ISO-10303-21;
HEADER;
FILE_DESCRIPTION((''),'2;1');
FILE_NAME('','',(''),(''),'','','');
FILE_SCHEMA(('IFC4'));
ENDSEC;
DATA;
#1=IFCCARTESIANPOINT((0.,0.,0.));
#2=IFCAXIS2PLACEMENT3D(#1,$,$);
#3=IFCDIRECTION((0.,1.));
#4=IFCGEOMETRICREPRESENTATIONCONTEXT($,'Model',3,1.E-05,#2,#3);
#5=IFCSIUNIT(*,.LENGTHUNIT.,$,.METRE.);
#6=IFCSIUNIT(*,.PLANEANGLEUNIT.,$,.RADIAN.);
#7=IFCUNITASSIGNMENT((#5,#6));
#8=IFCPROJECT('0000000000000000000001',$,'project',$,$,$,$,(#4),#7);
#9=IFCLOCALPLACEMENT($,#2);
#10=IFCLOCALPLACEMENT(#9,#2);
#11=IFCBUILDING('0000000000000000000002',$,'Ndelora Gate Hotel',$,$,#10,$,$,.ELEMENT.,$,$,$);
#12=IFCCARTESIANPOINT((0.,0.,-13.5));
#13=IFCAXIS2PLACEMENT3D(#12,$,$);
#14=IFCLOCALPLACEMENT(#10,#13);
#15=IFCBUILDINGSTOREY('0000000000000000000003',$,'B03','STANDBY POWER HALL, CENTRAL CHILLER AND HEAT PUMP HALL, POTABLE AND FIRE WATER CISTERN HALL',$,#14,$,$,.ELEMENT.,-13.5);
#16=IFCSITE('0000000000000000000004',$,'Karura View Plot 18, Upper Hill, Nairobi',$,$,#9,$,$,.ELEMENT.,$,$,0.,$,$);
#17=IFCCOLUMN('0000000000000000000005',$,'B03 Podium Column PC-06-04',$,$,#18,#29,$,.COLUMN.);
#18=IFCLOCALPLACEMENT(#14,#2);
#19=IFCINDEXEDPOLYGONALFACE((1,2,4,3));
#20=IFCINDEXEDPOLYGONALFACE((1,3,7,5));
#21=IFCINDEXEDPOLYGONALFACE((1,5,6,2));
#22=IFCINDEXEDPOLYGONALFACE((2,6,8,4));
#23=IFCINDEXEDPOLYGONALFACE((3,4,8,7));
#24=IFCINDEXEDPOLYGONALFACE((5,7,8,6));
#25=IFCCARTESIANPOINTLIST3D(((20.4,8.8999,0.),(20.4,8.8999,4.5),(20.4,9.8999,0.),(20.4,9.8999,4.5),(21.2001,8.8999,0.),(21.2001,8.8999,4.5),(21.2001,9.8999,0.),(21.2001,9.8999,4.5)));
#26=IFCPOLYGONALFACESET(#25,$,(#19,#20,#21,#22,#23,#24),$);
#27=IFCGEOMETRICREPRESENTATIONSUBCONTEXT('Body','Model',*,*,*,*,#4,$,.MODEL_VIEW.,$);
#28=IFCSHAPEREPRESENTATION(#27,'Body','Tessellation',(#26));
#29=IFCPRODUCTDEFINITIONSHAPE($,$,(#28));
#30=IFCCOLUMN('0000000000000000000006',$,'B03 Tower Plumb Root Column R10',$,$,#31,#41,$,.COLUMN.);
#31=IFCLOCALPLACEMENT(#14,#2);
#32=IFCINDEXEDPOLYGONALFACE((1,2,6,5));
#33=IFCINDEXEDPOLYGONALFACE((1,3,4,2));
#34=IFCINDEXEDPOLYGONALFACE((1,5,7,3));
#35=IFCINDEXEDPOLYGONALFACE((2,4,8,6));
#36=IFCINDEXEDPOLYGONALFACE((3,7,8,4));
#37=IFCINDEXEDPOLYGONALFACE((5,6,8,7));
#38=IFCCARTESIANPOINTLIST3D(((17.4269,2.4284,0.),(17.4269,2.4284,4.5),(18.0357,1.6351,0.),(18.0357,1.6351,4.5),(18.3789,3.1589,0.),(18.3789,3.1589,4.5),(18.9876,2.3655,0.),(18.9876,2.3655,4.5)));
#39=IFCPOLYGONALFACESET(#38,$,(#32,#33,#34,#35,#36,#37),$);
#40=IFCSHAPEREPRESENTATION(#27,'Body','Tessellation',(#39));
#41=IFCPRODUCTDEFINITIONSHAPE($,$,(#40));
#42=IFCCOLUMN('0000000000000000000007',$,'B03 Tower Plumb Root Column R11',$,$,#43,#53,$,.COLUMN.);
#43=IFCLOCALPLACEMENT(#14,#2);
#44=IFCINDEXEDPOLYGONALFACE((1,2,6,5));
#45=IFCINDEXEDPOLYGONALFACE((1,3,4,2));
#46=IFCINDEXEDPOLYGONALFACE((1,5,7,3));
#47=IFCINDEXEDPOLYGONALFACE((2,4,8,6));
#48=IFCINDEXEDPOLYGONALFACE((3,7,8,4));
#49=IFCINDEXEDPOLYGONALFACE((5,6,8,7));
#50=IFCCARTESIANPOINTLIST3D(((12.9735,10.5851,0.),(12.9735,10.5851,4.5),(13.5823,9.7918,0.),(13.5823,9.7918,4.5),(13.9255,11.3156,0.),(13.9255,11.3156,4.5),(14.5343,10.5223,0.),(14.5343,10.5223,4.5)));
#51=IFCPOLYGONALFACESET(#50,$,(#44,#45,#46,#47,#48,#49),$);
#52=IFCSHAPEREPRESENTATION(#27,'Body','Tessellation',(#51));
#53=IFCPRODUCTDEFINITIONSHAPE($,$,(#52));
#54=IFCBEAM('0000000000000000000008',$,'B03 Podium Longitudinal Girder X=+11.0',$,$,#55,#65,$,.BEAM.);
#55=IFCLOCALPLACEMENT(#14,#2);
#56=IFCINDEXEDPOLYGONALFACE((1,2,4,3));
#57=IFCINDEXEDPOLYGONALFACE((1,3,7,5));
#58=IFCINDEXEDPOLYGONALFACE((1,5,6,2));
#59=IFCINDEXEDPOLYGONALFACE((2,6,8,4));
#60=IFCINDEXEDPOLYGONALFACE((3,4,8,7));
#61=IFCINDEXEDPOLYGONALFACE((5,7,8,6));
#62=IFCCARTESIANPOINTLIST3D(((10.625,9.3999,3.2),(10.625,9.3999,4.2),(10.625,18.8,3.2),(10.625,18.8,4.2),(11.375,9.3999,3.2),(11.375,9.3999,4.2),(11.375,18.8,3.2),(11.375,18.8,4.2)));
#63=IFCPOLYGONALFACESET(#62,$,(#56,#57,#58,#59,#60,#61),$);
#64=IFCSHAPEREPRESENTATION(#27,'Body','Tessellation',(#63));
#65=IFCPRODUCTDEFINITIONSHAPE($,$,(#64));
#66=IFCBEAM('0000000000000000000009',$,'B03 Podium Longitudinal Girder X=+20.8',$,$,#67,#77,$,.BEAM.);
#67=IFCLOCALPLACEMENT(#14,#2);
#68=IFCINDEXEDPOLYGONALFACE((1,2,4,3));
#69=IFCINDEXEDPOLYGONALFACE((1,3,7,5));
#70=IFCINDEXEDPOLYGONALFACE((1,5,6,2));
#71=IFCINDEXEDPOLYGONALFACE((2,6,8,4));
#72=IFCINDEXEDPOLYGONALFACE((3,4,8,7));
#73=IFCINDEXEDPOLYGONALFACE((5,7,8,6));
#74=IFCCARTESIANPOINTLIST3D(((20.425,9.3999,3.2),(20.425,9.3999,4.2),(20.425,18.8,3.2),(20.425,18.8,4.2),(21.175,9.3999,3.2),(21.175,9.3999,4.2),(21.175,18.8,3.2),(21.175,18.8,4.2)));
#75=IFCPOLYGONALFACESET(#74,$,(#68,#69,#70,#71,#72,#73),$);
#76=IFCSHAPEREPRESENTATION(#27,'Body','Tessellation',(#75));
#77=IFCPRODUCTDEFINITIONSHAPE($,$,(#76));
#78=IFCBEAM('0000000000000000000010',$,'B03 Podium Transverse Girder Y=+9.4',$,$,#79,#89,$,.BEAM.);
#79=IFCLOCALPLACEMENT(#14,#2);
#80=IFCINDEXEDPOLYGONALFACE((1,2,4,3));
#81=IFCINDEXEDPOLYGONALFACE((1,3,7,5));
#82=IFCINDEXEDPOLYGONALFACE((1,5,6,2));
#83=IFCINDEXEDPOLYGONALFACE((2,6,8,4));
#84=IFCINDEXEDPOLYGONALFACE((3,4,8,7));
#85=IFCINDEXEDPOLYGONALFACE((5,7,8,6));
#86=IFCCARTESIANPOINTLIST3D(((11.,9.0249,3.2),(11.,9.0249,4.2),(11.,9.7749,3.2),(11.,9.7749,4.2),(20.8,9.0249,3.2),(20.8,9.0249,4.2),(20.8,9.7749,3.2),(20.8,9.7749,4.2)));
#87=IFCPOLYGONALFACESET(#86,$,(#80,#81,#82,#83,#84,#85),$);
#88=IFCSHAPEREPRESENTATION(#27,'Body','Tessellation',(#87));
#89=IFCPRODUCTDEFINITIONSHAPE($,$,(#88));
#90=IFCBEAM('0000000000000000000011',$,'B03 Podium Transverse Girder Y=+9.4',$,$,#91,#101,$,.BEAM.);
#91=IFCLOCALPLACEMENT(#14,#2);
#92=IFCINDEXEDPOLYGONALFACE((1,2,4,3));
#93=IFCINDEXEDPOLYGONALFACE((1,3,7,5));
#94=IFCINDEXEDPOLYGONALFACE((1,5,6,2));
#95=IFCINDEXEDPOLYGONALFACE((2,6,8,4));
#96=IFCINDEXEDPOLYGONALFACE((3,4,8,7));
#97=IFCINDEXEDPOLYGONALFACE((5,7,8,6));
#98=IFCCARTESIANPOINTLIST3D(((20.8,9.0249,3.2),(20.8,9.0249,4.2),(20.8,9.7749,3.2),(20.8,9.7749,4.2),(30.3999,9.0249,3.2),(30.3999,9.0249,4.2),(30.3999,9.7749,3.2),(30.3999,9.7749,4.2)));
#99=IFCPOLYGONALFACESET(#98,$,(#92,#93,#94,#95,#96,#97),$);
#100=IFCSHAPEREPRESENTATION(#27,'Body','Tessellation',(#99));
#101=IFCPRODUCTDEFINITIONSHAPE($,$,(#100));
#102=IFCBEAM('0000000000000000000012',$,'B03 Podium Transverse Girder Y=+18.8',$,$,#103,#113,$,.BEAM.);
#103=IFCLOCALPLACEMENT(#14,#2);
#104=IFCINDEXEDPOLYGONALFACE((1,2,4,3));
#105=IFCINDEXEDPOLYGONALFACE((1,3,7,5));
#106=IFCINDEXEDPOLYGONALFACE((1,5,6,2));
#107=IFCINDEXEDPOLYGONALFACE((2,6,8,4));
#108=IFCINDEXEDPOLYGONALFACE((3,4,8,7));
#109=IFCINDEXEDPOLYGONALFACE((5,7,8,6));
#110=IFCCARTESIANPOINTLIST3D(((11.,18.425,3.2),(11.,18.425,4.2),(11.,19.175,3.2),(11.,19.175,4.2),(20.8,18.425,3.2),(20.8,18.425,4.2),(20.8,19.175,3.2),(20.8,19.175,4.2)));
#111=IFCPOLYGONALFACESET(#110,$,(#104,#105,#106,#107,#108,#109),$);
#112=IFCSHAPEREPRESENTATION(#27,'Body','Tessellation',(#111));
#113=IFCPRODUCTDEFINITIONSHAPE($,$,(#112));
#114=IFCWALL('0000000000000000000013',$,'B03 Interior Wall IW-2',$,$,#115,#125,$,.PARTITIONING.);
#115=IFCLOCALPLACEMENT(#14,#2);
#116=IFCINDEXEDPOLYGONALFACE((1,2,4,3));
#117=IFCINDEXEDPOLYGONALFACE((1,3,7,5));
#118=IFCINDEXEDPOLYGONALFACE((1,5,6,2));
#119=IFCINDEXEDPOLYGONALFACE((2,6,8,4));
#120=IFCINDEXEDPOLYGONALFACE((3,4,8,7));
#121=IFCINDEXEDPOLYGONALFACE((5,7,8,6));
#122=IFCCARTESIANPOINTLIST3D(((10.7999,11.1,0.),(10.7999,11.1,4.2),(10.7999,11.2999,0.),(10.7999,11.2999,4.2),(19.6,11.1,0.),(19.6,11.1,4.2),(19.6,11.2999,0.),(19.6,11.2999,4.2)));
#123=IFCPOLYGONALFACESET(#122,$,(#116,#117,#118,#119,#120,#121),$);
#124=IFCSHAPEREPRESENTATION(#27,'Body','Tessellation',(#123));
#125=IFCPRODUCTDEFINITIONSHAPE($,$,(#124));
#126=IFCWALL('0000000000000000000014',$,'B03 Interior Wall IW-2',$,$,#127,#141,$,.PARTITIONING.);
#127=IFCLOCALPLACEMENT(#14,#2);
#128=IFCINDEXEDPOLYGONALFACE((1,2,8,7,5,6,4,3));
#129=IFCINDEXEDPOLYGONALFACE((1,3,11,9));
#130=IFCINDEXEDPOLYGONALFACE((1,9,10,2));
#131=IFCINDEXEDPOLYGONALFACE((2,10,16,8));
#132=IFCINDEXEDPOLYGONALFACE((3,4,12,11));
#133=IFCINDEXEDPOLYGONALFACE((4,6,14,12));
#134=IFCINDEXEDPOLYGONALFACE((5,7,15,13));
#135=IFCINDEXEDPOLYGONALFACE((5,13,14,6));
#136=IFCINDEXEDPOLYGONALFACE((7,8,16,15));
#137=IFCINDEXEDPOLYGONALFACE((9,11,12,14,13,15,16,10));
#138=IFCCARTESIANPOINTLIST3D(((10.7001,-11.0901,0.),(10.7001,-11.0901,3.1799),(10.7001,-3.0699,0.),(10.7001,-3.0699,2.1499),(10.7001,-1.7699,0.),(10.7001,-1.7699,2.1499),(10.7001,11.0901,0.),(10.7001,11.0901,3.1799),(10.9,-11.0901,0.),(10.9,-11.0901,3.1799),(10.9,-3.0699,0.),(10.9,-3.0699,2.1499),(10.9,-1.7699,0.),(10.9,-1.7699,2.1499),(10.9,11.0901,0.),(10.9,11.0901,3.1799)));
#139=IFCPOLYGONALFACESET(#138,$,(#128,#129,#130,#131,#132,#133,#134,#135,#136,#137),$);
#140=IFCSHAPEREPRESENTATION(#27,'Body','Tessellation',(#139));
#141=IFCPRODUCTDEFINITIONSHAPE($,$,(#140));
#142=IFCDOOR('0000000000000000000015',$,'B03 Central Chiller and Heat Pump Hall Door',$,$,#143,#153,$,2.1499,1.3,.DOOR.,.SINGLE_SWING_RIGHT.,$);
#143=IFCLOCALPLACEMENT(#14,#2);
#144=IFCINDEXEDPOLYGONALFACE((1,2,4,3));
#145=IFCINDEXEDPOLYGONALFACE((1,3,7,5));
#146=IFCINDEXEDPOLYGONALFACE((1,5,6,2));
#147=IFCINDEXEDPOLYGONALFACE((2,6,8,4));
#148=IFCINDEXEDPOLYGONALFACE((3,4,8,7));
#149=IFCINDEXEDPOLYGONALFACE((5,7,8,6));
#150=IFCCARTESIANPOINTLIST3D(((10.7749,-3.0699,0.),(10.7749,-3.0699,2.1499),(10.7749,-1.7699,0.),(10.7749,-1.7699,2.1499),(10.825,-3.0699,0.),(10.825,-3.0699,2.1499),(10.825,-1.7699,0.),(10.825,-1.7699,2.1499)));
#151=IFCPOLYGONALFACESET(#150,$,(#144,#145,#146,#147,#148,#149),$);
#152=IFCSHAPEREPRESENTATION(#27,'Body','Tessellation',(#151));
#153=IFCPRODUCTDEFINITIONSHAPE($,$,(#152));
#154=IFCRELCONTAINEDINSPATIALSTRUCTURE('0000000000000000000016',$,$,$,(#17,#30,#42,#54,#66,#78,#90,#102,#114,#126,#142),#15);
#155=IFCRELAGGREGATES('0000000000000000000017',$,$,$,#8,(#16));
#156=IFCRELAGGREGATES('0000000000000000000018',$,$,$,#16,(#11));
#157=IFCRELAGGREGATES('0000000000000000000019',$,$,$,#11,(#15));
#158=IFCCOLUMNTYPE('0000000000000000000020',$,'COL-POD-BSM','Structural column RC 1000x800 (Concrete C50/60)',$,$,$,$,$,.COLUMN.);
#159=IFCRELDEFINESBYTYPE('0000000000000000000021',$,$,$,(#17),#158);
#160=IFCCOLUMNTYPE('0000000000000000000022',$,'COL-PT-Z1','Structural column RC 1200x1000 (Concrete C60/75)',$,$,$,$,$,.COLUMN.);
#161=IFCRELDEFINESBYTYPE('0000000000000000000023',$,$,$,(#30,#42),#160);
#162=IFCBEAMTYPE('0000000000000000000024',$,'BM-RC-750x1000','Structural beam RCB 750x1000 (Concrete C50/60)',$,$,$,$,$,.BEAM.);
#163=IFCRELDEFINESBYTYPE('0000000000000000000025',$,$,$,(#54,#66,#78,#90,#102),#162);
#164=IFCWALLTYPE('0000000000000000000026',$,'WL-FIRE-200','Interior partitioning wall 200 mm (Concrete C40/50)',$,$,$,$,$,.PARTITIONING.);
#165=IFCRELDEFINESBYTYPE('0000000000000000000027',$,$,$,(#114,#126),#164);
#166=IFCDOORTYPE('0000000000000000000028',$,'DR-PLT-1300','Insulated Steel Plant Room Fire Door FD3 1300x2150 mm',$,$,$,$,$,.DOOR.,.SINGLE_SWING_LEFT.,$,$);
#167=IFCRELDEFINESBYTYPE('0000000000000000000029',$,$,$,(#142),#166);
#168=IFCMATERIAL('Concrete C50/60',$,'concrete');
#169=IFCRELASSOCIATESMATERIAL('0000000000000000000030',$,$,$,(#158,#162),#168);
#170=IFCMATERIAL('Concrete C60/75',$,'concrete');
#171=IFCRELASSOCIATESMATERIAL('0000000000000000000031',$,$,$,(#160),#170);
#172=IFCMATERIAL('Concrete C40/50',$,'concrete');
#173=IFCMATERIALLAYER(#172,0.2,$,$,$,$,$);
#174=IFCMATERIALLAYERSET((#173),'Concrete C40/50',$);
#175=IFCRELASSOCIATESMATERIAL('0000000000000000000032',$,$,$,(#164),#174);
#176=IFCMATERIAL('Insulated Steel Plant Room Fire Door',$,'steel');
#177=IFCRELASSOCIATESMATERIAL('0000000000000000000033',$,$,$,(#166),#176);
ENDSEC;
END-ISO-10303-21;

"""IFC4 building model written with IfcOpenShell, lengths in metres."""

from ifc_helpers import new_model, si_unit, direction, frame, frame_2d, origin, origin_2d, place, context, subcontext, project, spatial, rectangle, extrude, material, layer, layer_set, material_profile, profile_set, type_object, element, fill, save


model = new_model("IFC4")

# Units and contexts
model_context = context("Model", 3, precision=1e-05, world=origin(), true_north=direction((0.0, 1.0)))
body_context = subcontext(model_context, "Body", "Model", "MODEL_VIEW")
ifc_project = project(units=[si_unit("LENGTHUNIT", "METRE"), si_unit("PLANEANGLEUNIT", "RADIAN")], contexts=[model_context])

# Site, building, storey
site_placement = place(None, origin())
site = spatial("IfcSite", under=ifc_project, at=site_placement, Name="Karura View Plot 18, Upper Hill, Nairobi", CompositionType="ELEMENT", RefElevation=0.0)
building_placement = place(site_placement, origin())
building = spatial("IfcBuilding", under=site, at=building_placement, Name="Ndelora Gate Hotel", CompositionType="ELEMENT")
storey_placement = place(building_placement, frame((0.0, 0.0, -13.5)))
storey = spatial("IfcBuildingStorey", under=building, at=storey_placement, Name="B03", Description="STANDBY POWER HALL, CENTRAL CHILLER AND HEAT PUMP HALL, POTABLE AND FIRE WATER CISTERN HALL", CompositionType="ELEMENT", Elevation=-13.5)

# Shared definitions
ifc_material_1 = material(Name="Concrete C40/50", Category="concrete")

# Columns
ifc_material_2 = material(Name="Concrete C60/75", Category="concrete")
ifc_material_3 = material(Name="Concrete C50/60", Category="concrete")
ifc_material_profile_1 = material_profile(ifc_material_3, rectangle(XDim=0.8, YDim=1.0, at=origin_2d()), Name="RC 1000x800")
ifc_profile_set_1 = profile_set([ifc_material_profile_1], Name="Concrete C50/60")
column_type_1 = type_object("IfcColumnType", Name="COL-POD-BSM", Description="Structural column RC 1000x800 (Concrete C50/60)", PredefinedType="COLUMN", material=ifc_profile_set_1)
column_placement = place(storey_placement, frame((20.8, 9.3999, 0.0), z_axis=(0.0, 0.0, 1.0), x_axis=(1.0, 0.0, 0.0)))
element("IfcColumn", 1, at=column_placement, inside=storey, type_object=column_type_1, Name="B03 Podium Column PC-06-04", PredefinedType="COLUMN", context=body_context, shape_type="SweptSolid", body=[
    extrude(rectangle(XDim=0.8, YDim=1.0, at=origin_2d()), origin(), (0.0, 0.0, 1.0), 4.5),
])
ifc_material_profile_2 = material_profile(ifc_material_2, rectangle(XDim=1.0, YDim=1.2, at=origin_2d()), Name="RC 1200x1000")
ifc_profile_set_2 = profile_set([ifc_material_profile_2], Name="Concrete C60/75")
column_type_2 = type_object("IfcColumnType", Name="COL-PT-Z1", Description="Structural column RC 1200x1000 (Concrete C60/75)", PredefinedType="COLUMN", material=ifc_profile_set_2)
for number, where, z_axis, x_axis, name in (
    (2, (18.2073, 2.397, 0.0), (0.0, 0.0, 1.0), (-0.608761, 0.793353, 0.0), "B03 Tower Plumb Root Column R10"),
    (3, (13.7539, 10.5537, 0.0), (0.0, 0.0, 1.0), (-0.608761, 0.793353, 0.0), "B03 Tower Plumb Root Column R11"),
):
    element("IfcColumn", number, at=place(storey_placement, frame(where, z_axis=z_axis, x_axis=x_axis)), inside=storey, type_object=column_type_2, Name=name, PredefinedType="COLUMN", context=body_context, shape_type="SweptSolid", body=[
        extrude(rectangle(XDim=1.0, YDim=1.2, at=origin_2d()), origin(), (0.0, 0.0, 1.0), 4.5),
    ])

# Beams
ifc_material_profile_3 = material_profile(ifc_material_3, rectangle(XDim=0.75, YDim=1.0, at=origin_2d()), Name="RCB 750x1000")
ifc_profile_set_3 = profile_set([ifc_material_profile_3], Name="Concrete C50/60")
beam_type = type_object("IfcBeamType", Name="BM-RC-750x1000", Description="Structural beam RCB 750x1000 (Concrete C50/60)", PredefinedType="BEAM", material=ifc_profile_set_3)
for number, where, z_axis, x_axis, name in (
    (4, (11.0, 9.3999, 3.7), (0.0, 1.0, 0.0), (-1.0, 0.0, 0.0), "B03 Podium Longitudinal Girder X=+11.0"),
    (5, (20.8, 9.3999, 3.7), (0.0, 1.0, 0.0), (-1.0, 0.0, 0.0), "B03 Podium Longitudinal Girder X=+20.8"),
):
    element("IfcBeam", number, at=place(storey_placement, frame(where, z_axis=z_axis, x_axis=x_axis)), inside=storey, type_object=beam_type, Name=name, PredefinedType="BEAM", context=body_context, shape_type="SweptSolid", body=[
        extrude(rectangle(XDim=0.75, YDim=1.0, at=origin_2d()), origin(), (0.0, 0.0, 1.0), 9.4001),
    ])
beam_1_placement = place(storey_placement, frame((11.0, 9.3999, 3.7), z_axis=(1.0, 0.0, 0.0), x_axis=(0.0, 1.0, 0.0)))
element("IfcBeam", 6, at=beam_1_placement, inside=storey, type_object=beam_type, Name="B03 Podium Transverse Girder Y=+9.4", PredefinedType="BEAM", context=body_context, shape_type="SweptSolid", body=[
    extrude(rectangle(XDim=0.75, YDim=1.0, at=origin_2d()), origin(), (0.0, 0.0, 1.0), 9.8),
])
beam_2_placement = place(storey_placement, frame((20.8, 9.3999, 3.7), z_axis=(1.0, 0.0, 0.0), x_axis=(0.0, 1.0, 0.0)))
element("IfcBeam", 7, at=beam_2_placement, inside=storey, type_object=beam_type, Name="B03 Podium Transverse Girder Y=+9.4", PredefinedType="BEAM", context=body_context, shape_type="SweptSolid", body=[
    extrude(rectangle(XDim=0.75, YDim=1.0, at=origin_2d()), origin(), (0.0, 0.0, 1.0), 9.5999),
])
beam_3_placement = place(storey_placement, frame((11.0, 18.8, 3.7), z_axis=(1.0, 0.0, 0.0), x_axis=(0.0, 1.0, 0.0)))
element("IfcBeam", 8, at=beam_3_placement, inside=storey, type_object=beam_type, Name="B03 Podium Transverse Girder Y=+18.8", PredefinedType="BEAM", context=body_context, shape_type="SweptSolid", body=[
    extrude(rectangle(XDim=0.75, YDim=1.0, at=origin_2d()), origin(), (0.0, 0.0, 1.0), 9.8),
])

# Shared definitions
ifc_layer = layer(ifc_material_1, 0.2)
ifc_layer_set = layer_set([ifc_layer], Name="Concrete C40/50")
wall_type = type_object("IfcWallType", Name="WL-FIRE-200", Description="Interior partitioning wall 200 mm (Concrete C40/50)", PredefinedType="PARTITIONING", material=ifc_layer_set)

# Wall
wall_1_placement = place(storey_placement, frame((10.8, 11.2, 0.0), z_axis=(0.0, 0.0, 1.0), x_axis=(1.0, 0.0, 0.0)))
element("IfcWall", 9, at=wall_1_placement, inside=storey, type_object=wall_type, Name="B03 Interior Wall IW-2", PredefinedType="PARTITIONING", context=body_context, shape_type="SweptSolid", body=[
    extrude(rectangle(XDim=8.8, YDim=0.2, at=frame_2d((4.3999, 0.0))), origin(), (0.0, 0.0, 1.0), 4.2),
])

# Wall, opening, door
wall_2_placement = place(storey_placement, frame((10.8, 11.0901, 0.0), z_axis=(0.0, 0.0, 1.0), x_axis=(0.0, -1.0, 0.0)))
wall_2 = element("IfcWall", 10, at=wall_2_placement, inside=storey, type_object=wall_type, Name="B03 Interior Wall IW-2", PredefinedType="PARTITIONING", context=body_context, shape_type="SweptSolid", body=[
    extrude(rectangle(XDim=22.1802, YDim=0.2, at=frame_2d((11.0901, 0.0))), origin(), (0.0, 0.0, 1.0), 3.1799),
])
opening_1_placement = place(wall_2_placement, frame((12.8601, 0.0, 0.0)))
opening_1 = element("IfcOpeningElement", 11, at=opening_1_placement, cuts=wall_2, PredefinedType="OPENING", context=body_context, shape_type="SweptSolid", body=[
    extrude(rectangle(XDim=1.3, YDim=2.1499, at=frame_2d((0.6499, 1.075))), frame((0.0, 0.1099, 0.0), z_axis=(0.0, -1.0, 0.0), x_axis=(1.0, 0.0, 0.0)), (0.0, 0.0, 1.0), 0.22),
])
ifc_material_4 = material(Name="Insulated Steel Plant Room Fire Door", Category="steel")
door_type_1 = type_object("IfcDoorType", Name="DR-PLT-1300", Description="Insulated Steel Plant Room Fire Door FD3 1300x2150 mm", OperationType="SINGLE_SWING_LEFT", PredefinedType="DOOR", material=ifc_material_4)
door_1_placement = place(opening_1_placement, origin())
door_1 = element("IfcDoor", 12, at=door_1_placement, inside=storey, type_object=door_type_1, Name="B03 Central Chiller and Heat Pump Hall Door", OperationType="SINGLE_SWING_RIGHT", OverallHeight=2.1499, OverallWidth=1.3, PredefinedType="DOOR", context=body_context, shape_type="SweptSolid", body=[
    extrude(rectangle(XDim=1.3, YDim=2.1499, at=frame_2d((0.6499, 1.075))), frame((0.0, 0.0249, 0.0), z_axis=(0.0, -1.0, 0.0), x_axis=(1.0, 0.0, 0.0)), (0.0, 0.0, 1.0), 0.05),
])
fill(opening_1, door_1)

save(model, "model.ifc")
